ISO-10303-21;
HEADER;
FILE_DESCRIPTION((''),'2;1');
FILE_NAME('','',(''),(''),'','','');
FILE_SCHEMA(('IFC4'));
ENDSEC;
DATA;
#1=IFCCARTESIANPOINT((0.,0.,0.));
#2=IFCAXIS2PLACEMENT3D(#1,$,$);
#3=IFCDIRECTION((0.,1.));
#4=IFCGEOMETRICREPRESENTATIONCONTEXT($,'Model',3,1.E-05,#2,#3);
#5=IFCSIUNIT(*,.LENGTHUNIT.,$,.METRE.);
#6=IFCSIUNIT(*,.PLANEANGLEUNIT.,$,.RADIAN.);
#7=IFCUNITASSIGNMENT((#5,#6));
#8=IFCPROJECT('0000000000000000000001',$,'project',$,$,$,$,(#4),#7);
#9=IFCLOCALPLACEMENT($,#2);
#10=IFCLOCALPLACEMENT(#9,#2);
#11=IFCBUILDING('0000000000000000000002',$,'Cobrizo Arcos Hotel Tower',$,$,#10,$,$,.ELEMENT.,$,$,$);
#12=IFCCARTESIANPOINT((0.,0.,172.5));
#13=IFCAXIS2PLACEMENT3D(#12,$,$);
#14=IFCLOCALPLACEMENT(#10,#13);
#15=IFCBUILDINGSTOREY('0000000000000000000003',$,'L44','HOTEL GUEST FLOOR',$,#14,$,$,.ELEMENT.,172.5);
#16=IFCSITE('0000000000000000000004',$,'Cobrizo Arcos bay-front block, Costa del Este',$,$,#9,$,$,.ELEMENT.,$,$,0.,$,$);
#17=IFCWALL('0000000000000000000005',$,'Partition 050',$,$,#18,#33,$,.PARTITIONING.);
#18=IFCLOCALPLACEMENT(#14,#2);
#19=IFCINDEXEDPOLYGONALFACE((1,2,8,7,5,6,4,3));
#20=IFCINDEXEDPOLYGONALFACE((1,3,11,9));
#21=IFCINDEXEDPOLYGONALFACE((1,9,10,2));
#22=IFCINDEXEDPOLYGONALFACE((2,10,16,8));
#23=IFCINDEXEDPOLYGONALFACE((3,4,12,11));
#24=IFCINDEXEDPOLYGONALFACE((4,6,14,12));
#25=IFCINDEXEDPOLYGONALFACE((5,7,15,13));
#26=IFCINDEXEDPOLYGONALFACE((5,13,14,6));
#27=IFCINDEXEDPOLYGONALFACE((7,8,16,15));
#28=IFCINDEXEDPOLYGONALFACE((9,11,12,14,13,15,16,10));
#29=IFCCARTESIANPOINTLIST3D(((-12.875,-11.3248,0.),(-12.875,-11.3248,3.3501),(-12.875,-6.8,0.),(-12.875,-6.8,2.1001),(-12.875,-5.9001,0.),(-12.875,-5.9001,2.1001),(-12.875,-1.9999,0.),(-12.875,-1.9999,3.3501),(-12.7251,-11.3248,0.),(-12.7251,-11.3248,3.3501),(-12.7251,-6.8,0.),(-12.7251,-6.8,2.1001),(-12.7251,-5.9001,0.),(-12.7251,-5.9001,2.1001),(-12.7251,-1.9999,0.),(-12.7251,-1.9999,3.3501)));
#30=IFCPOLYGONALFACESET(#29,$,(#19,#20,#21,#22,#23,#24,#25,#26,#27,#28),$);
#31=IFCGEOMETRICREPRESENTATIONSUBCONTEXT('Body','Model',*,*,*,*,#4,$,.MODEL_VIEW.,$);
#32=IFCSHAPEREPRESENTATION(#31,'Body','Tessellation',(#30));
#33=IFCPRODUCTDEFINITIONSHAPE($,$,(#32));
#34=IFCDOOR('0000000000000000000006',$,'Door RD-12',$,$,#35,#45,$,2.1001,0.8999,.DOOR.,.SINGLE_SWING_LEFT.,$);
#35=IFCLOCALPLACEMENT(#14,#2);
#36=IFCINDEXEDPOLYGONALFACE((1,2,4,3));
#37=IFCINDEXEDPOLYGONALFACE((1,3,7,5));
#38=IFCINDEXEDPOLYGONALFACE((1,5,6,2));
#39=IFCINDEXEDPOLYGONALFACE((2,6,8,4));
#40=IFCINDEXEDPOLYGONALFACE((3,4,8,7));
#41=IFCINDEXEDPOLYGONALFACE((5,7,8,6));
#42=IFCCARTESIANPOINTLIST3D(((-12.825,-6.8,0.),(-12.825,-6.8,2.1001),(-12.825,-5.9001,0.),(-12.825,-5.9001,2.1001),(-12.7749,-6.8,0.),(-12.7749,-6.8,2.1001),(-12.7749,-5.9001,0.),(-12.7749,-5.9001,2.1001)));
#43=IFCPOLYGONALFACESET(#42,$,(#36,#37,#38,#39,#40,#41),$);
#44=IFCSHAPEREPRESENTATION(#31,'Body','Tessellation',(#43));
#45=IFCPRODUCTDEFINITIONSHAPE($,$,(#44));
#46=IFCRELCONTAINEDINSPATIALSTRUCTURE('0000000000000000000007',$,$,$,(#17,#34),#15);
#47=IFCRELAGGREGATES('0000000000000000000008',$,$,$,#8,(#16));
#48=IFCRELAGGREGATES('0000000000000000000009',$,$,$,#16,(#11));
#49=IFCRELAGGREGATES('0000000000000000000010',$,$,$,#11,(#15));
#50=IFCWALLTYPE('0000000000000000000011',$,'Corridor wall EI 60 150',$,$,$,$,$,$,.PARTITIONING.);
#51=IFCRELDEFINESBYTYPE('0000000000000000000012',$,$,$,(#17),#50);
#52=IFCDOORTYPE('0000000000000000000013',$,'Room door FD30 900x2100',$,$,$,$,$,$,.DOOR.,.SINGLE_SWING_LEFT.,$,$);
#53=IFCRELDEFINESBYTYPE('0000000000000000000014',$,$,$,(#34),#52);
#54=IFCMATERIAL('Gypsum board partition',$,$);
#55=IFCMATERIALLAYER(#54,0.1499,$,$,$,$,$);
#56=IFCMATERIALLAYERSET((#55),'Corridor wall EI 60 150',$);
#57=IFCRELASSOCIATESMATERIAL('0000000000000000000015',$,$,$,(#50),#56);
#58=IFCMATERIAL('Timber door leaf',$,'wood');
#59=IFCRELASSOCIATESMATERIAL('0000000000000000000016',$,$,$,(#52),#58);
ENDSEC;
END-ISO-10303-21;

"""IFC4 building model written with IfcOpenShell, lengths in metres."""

from ifc_helpers import new_model, si_unit, direction, frame, frame_2d, origin, place, context, subcontext, project, spatial, rectangle, extrude, material, layer, layer_set, type_object, element, fill, save


model = new_model("IFC4")

# Units and contexts
model_context = context("Model", 3, precision=1e-05, world=origin(), true_north=direction((0.0, 1.0)))
body_context = subcontext(model_context, "Body", "Model", "MODEL_VIEW")
ifc_project = project(units=[si_unit("LENGTHUNIT", "METRE"), si_unit("PLANEANGLEUNIT", "RADIAN")], contexts=[model_context])

# Site, building, storey
site_placement = place(None, origin())
site = spatial("IfcSite", under=ifc_project, at=site_placement, Name="Cobrizo Arcos bay-front block, Costa del Este", CompositionType="ELEMENT", RefElevation=0.0)
building_placement = place(site_placement, origin())
building = spatial("IfcBuilding", under=site, at=building_placement, Name="Cobrizo Arcos Hotel Tower", CompositionType="ELEMENT")
storey_placement = place(building_placement, frame((0.0, 0.0, 172.5)))
storey = spatial("IfcBuildingStorey", under=building, at=storey_placement, Name="L44", Description="HOTEL GUEST FLOOR", CompositionType="ELEMENT", Elevation=172.5)

# Shared definitions
ifc_material_1 = material(Name="Gypsum board partition")
ifc_layer_1 = layer(ifc_material_1, 0.1499)
ifc_layer_set_1 = layer_set([ifc_layer_1], Name="Corridor wall EI 60 150")
wall_type_1 = type_object("IfcWallType", Name="Corridor wall EI 60 150", PredefinedType="PARTITIONING", material=ifc_layer_set_1)
ifc_material_2 = material(Name="Timber door leaf", Category="wood")

# Wall, opening, door
door_type_1 = type_object("IfcDoorType", Name="Room door FD30 900x2100", OperationType="SINGLE_SWING_LEFT", PredefinedType="DOOR", material=ifc_material_2)
wall_1_placement = place(storey_placement, frame((-12.8, -11.325, 0.0), z_axis=(0.0, 0.0, 1.0), x_axis=(0.0, 1.0, 0.0)))
wall_1 = element("IfcWall", 1, at=wall_1_placement, inside=storey, type_object=wall_type_1, Name="Partition 050", PredefinedType="PARTITIONING", context=body_context, shape_type="SweptSolid", body=[
    extrude(rectangle(XDim=9.325, YDim=0.1499, at=frame_2d((4.6626, 0.0))), origin(), (0.0, 0.0, 1.0), 3.3501),
])
opening_1_placement = place(wall_1_placement, frame((4.5249, 0.0, 0.0)))
opening_1 = element("IfcOpeningElement", 2, at=opening_1_placement, cuts=wall_1, PredefinedType="OPENING", context=body_context, shape_type="SweptSolid", body=[
    extrude(rectangle(XDim=0.8999, YDim=2.1001, at=frame_2d((0.45, 1.05))), frame((0.0, 0.0869, 0.0), z_axis=(0.0, -1.0, 0.0), x_axis=(1.0, 0.0, 0.0)), (0.0, 0.0, 1.0), 0.1738),
])
door_1_placement = place(opening_1_placement, origin())
door_1 = element("IfcDoor", 3, at=door_1_placement, inside=storey, type_object=door_type_1, Name="Door RD-12", OperationType="SINGLE_SWING_LEFT", OverallHeight=2.1001, OverallWidth=0.8999, PredefinedType="DOOR", context=body_context, shape_type="SweptSolid", body=[
    extrude(rectangle(XDim=0.8999, YDim=2.1001, at=frame_2d((0.45, 1.05))), frame((0.0, 0.0249, 0.0), z_axis=(0.0, -1.0, 0.0), x_axis=(1.0, 0.0, 0.0)), (0.0, 0.0, 1.0), 0.05),
])
fill(opening_1, door_1)

save(model, "model.ifc")
